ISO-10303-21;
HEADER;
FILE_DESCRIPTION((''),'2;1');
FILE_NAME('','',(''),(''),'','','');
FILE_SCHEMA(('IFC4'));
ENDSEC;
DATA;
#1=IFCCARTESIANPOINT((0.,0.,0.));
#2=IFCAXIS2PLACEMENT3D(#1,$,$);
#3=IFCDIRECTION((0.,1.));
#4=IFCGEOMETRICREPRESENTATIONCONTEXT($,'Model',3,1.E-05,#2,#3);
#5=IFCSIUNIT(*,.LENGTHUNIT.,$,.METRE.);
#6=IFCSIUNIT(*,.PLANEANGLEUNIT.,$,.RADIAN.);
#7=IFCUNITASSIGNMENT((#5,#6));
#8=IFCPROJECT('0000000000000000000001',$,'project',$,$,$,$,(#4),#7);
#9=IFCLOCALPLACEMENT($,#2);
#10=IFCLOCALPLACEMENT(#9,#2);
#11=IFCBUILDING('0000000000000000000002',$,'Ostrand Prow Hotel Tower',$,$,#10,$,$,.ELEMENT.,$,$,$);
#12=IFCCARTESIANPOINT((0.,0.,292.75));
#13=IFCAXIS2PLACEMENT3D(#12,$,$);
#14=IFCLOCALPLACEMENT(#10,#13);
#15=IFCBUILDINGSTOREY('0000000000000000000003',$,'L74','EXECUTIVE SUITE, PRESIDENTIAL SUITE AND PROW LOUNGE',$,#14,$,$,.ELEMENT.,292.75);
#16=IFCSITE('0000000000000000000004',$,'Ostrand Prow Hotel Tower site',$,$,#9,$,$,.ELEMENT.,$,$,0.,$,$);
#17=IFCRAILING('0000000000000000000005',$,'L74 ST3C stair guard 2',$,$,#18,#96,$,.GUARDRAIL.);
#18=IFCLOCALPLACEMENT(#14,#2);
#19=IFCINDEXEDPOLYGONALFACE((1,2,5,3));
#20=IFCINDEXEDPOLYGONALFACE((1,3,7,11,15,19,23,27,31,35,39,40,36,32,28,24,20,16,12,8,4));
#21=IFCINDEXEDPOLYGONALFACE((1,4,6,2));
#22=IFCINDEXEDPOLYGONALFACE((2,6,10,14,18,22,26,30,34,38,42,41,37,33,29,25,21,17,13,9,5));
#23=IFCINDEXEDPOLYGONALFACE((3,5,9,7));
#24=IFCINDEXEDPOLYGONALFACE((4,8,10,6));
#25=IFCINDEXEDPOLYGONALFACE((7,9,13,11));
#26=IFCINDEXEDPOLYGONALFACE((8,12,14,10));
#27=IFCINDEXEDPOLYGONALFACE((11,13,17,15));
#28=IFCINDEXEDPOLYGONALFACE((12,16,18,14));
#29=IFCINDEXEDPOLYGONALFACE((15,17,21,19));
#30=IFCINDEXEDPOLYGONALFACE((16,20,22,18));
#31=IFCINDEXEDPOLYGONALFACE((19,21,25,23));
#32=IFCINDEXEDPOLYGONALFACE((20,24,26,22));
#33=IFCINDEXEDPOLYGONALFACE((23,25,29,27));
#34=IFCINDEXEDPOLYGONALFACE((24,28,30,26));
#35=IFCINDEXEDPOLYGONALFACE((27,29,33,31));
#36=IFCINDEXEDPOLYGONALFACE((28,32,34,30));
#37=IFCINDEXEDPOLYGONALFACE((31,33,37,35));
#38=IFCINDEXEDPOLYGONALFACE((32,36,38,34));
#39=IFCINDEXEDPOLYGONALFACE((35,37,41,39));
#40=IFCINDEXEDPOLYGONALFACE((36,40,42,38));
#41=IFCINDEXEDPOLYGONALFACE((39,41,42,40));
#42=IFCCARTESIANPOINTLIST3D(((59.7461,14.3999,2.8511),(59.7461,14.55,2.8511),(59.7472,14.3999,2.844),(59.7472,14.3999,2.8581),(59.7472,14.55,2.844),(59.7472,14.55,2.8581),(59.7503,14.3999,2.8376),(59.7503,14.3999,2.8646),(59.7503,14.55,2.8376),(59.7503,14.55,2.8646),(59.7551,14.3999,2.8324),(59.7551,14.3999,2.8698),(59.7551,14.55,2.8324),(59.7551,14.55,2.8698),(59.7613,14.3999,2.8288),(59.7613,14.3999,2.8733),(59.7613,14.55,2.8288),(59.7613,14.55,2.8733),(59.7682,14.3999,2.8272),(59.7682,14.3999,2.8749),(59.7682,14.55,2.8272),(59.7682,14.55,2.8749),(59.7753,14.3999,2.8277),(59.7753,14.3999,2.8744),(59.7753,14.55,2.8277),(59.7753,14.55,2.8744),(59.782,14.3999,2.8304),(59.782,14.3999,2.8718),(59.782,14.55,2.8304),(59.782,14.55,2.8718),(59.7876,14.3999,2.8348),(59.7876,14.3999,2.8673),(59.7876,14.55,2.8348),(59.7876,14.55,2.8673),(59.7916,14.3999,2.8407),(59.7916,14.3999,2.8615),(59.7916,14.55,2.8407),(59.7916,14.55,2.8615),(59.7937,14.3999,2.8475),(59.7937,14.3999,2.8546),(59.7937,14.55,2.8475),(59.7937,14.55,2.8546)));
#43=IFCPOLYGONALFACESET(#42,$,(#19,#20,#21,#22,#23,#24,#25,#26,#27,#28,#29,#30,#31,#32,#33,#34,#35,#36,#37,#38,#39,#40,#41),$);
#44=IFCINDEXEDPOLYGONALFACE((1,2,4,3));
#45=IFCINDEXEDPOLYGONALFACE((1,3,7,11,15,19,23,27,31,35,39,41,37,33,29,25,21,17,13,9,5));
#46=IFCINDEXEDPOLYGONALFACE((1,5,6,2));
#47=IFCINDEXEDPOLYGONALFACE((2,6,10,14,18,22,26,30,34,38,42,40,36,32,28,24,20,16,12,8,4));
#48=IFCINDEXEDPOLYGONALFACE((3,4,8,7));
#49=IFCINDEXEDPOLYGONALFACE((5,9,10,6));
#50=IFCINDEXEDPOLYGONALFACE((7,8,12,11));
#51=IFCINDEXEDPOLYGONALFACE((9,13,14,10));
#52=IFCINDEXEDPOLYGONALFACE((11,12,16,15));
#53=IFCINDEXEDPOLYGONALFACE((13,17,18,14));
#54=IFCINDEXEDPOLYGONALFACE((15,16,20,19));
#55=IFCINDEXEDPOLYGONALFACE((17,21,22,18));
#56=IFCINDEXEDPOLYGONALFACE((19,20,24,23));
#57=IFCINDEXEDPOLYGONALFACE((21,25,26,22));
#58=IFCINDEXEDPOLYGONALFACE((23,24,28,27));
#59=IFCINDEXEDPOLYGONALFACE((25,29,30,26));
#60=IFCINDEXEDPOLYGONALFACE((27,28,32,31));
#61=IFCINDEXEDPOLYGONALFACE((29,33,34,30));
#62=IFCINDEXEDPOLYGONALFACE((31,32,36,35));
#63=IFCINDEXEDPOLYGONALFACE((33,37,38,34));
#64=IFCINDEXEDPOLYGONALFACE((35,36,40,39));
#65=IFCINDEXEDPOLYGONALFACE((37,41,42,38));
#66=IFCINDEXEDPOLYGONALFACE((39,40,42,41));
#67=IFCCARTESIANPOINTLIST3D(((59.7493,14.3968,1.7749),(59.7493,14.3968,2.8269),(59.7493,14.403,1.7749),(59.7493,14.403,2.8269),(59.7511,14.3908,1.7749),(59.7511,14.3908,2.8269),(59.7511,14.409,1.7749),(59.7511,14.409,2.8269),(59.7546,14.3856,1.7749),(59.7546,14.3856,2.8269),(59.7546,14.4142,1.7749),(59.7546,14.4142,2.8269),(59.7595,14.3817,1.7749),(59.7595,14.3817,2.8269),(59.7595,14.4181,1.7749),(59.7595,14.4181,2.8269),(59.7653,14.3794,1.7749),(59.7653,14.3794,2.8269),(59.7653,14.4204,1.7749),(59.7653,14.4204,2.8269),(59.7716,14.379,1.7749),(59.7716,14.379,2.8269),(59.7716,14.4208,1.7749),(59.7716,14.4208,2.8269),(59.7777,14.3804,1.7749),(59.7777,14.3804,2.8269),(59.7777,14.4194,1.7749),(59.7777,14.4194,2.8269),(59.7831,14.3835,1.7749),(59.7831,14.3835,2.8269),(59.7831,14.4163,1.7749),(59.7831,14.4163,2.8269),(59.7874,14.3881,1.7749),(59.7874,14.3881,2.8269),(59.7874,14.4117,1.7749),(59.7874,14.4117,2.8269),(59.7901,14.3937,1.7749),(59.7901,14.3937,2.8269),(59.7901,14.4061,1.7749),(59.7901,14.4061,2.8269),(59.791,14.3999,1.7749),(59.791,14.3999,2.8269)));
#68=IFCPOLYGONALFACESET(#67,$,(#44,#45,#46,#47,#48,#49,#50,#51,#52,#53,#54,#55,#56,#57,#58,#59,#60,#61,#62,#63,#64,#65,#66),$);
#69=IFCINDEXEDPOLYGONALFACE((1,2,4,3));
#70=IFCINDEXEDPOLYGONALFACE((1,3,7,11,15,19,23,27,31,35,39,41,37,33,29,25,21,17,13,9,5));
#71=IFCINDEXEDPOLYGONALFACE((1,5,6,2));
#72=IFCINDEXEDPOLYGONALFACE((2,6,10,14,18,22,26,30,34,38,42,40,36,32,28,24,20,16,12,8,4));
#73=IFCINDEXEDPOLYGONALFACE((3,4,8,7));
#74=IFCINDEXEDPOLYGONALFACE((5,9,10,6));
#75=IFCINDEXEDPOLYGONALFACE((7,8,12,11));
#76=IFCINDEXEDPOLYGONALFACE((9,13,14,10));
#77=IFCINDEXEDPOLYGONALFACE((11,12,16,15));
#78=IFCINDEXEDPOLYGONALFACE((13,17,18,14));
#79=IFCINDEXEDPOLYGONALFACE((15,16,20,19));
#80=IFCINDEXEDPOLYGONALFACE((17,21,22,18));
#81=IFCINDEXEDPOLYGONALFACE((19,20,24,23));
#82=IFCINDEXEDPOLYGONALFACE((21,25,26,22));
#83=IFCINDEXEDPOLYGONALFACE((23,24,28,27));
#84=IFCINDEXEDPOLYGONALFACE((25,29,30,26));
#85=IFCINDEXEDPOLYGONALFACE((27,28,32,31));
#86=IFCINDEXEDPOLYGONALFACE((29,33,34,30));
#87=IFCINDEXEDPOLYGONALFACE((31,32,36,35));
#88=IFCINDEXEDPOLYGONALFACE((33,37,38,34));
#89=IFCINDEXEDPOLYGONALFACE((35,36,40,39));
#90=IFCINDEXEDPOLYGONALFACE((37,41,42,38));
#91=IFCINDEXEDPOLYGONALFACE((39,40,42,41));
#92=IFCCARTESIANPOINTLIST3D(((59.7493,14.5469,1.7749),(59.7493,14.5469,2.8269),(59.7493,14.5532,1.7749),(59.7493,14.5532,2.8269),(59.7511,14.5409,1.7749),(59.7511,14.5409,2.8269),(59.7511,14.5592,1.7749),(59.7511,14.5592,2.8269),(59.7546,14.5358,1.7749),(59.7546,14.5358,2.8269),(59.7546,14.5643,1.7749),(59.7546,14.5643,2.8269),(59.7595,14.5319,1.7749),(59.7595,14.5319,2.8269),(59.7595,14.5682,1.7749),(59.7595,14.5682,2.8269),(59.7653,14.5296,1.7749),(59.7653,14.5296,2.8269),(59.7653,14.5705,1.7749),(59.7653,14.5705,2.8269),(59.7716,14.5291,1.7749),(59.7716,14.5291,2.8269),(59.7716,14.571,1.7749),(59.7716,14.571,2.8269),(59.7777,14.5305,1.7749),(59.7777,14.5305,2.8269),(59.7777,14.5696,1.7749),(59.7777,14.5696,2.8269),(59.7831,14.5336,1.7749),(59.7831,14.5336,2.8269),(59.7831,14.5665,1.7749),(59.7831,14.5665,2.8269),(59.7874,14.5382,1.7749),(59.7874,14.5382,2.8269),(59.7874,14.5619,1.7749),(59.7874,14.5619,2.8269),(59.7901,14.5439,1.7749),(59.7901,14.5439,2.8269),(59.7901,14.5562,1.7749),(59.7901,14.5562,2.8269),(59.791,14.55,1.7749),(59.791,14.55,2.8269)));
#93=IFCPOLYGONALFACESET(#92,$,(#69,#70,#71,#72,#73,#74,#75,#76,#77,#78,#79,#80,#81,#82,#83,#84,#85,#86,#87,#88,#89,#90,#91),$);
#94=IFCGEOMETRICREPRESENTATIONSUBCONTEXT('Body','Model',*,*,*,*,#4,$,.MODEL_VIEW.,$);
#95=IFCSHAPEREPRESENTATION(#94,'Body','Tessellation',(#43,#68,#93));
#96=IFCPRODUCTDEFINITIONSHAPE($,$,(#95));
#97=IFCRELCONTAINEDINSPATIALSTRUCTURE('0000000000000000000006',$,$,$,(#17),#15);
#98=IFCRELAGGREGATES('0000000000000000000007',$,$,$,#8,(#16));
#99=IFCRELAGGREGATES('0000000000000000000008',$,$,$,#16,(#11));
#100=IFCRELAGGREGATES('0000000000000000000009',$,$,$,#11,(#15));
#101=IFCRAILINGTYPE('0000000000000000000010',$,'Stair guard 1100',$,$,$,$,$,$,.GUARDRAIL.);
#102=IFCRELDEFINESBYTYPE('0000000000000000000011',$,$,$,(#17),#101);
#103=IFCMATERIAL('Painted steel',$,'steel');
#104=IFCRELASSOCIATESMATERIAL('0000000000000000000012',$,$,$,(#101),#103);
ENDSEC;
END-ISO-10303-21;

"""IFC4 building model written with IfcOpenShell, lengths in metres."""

from ifc_helpers import new_model, si_unit, direction, frame, origin, origin_2d, place, context, subcontext, project, spatial, circle, extrude, material, type_object, element, save


model = new_model("IFC4")

# Units and contexts
model_context = context("Model", 3, precision=1e-05, world=origin(), true_north=direction((0.0, 1.0)))
body_context = subcontext(model_context, "Body", "Model", "MODEL_VIEW")
ifc_project = project(units=[si_unit("LENGTHUNIT", "METRE"), si_unit("PLANEANGLEUNIT", "RADIAN")], contexts=[model_context])

# Site, building, storey
site_placement = place(None, origin())
site = spatial("IfcSite", under=ifc_project, at=site_placement, Name="Ostrand Prow Hotel Tower site", CompositionType="ELEMENT", RefElevation=0.0)
building_placement = place(site_placement, origin())
building = spatial("IfcBuilding", under=site, at=building_placement, Name="Ostrand Prow Hotel Tower", CompositionType="ELEMENT")
storey_placement = place(building_placement, frame((0.0, 0.0, 292.75)))
storey = spatial("IfcBuildingStorey", under=building, at=storey_placement, Name="L74", Description="EXECUTIVE SUITE, PRESIDENTIAL SUITE AND PROW LOUNGE", CompositionType="ELEMENT", Elevation=292.75)

# Railing
ifc_material_1 = material(Name="Painted steel", Category="steel")
railing_type_1 = type_object("IfcRailingType", Name="Stair guard 1100", PredefinedType="GUARDRAIL", material=ifc_material_1)
railing_1_placement = place(storey_placement, frame((59.77, 14.3999, 1.7749)))
element("IfcRailing", 1, at=railing_1_placement, inside=storey, type_object=railing_type_1, Name="L74 ST3C stair guard 2", PredefinedType="GUARDRAIL", context=body_context, shape_type="SweptSolid", body=[
    extrude(circle(Radius=0.0239, at=origin_2d()), frame((0.0, 0.0, 1.0762), z_axis=(0.0, 1.0, 0.0), x_axis=(-1.0, 0.0, 0.0)), (0.0, 0.0, 1.0), 0.1501),
    extrude(circle(Radius=0.021, at=origin_2d()), origin(), (0.0, 0.0, 1.0), 1.052),
    extrude(circle(Radius=0.021, at=origin_2d()), frame((0.0, 0.1501, 0.0)), (0.0, 0.0, 1.0), 1.052),
])

save(model, "model.ifc")
